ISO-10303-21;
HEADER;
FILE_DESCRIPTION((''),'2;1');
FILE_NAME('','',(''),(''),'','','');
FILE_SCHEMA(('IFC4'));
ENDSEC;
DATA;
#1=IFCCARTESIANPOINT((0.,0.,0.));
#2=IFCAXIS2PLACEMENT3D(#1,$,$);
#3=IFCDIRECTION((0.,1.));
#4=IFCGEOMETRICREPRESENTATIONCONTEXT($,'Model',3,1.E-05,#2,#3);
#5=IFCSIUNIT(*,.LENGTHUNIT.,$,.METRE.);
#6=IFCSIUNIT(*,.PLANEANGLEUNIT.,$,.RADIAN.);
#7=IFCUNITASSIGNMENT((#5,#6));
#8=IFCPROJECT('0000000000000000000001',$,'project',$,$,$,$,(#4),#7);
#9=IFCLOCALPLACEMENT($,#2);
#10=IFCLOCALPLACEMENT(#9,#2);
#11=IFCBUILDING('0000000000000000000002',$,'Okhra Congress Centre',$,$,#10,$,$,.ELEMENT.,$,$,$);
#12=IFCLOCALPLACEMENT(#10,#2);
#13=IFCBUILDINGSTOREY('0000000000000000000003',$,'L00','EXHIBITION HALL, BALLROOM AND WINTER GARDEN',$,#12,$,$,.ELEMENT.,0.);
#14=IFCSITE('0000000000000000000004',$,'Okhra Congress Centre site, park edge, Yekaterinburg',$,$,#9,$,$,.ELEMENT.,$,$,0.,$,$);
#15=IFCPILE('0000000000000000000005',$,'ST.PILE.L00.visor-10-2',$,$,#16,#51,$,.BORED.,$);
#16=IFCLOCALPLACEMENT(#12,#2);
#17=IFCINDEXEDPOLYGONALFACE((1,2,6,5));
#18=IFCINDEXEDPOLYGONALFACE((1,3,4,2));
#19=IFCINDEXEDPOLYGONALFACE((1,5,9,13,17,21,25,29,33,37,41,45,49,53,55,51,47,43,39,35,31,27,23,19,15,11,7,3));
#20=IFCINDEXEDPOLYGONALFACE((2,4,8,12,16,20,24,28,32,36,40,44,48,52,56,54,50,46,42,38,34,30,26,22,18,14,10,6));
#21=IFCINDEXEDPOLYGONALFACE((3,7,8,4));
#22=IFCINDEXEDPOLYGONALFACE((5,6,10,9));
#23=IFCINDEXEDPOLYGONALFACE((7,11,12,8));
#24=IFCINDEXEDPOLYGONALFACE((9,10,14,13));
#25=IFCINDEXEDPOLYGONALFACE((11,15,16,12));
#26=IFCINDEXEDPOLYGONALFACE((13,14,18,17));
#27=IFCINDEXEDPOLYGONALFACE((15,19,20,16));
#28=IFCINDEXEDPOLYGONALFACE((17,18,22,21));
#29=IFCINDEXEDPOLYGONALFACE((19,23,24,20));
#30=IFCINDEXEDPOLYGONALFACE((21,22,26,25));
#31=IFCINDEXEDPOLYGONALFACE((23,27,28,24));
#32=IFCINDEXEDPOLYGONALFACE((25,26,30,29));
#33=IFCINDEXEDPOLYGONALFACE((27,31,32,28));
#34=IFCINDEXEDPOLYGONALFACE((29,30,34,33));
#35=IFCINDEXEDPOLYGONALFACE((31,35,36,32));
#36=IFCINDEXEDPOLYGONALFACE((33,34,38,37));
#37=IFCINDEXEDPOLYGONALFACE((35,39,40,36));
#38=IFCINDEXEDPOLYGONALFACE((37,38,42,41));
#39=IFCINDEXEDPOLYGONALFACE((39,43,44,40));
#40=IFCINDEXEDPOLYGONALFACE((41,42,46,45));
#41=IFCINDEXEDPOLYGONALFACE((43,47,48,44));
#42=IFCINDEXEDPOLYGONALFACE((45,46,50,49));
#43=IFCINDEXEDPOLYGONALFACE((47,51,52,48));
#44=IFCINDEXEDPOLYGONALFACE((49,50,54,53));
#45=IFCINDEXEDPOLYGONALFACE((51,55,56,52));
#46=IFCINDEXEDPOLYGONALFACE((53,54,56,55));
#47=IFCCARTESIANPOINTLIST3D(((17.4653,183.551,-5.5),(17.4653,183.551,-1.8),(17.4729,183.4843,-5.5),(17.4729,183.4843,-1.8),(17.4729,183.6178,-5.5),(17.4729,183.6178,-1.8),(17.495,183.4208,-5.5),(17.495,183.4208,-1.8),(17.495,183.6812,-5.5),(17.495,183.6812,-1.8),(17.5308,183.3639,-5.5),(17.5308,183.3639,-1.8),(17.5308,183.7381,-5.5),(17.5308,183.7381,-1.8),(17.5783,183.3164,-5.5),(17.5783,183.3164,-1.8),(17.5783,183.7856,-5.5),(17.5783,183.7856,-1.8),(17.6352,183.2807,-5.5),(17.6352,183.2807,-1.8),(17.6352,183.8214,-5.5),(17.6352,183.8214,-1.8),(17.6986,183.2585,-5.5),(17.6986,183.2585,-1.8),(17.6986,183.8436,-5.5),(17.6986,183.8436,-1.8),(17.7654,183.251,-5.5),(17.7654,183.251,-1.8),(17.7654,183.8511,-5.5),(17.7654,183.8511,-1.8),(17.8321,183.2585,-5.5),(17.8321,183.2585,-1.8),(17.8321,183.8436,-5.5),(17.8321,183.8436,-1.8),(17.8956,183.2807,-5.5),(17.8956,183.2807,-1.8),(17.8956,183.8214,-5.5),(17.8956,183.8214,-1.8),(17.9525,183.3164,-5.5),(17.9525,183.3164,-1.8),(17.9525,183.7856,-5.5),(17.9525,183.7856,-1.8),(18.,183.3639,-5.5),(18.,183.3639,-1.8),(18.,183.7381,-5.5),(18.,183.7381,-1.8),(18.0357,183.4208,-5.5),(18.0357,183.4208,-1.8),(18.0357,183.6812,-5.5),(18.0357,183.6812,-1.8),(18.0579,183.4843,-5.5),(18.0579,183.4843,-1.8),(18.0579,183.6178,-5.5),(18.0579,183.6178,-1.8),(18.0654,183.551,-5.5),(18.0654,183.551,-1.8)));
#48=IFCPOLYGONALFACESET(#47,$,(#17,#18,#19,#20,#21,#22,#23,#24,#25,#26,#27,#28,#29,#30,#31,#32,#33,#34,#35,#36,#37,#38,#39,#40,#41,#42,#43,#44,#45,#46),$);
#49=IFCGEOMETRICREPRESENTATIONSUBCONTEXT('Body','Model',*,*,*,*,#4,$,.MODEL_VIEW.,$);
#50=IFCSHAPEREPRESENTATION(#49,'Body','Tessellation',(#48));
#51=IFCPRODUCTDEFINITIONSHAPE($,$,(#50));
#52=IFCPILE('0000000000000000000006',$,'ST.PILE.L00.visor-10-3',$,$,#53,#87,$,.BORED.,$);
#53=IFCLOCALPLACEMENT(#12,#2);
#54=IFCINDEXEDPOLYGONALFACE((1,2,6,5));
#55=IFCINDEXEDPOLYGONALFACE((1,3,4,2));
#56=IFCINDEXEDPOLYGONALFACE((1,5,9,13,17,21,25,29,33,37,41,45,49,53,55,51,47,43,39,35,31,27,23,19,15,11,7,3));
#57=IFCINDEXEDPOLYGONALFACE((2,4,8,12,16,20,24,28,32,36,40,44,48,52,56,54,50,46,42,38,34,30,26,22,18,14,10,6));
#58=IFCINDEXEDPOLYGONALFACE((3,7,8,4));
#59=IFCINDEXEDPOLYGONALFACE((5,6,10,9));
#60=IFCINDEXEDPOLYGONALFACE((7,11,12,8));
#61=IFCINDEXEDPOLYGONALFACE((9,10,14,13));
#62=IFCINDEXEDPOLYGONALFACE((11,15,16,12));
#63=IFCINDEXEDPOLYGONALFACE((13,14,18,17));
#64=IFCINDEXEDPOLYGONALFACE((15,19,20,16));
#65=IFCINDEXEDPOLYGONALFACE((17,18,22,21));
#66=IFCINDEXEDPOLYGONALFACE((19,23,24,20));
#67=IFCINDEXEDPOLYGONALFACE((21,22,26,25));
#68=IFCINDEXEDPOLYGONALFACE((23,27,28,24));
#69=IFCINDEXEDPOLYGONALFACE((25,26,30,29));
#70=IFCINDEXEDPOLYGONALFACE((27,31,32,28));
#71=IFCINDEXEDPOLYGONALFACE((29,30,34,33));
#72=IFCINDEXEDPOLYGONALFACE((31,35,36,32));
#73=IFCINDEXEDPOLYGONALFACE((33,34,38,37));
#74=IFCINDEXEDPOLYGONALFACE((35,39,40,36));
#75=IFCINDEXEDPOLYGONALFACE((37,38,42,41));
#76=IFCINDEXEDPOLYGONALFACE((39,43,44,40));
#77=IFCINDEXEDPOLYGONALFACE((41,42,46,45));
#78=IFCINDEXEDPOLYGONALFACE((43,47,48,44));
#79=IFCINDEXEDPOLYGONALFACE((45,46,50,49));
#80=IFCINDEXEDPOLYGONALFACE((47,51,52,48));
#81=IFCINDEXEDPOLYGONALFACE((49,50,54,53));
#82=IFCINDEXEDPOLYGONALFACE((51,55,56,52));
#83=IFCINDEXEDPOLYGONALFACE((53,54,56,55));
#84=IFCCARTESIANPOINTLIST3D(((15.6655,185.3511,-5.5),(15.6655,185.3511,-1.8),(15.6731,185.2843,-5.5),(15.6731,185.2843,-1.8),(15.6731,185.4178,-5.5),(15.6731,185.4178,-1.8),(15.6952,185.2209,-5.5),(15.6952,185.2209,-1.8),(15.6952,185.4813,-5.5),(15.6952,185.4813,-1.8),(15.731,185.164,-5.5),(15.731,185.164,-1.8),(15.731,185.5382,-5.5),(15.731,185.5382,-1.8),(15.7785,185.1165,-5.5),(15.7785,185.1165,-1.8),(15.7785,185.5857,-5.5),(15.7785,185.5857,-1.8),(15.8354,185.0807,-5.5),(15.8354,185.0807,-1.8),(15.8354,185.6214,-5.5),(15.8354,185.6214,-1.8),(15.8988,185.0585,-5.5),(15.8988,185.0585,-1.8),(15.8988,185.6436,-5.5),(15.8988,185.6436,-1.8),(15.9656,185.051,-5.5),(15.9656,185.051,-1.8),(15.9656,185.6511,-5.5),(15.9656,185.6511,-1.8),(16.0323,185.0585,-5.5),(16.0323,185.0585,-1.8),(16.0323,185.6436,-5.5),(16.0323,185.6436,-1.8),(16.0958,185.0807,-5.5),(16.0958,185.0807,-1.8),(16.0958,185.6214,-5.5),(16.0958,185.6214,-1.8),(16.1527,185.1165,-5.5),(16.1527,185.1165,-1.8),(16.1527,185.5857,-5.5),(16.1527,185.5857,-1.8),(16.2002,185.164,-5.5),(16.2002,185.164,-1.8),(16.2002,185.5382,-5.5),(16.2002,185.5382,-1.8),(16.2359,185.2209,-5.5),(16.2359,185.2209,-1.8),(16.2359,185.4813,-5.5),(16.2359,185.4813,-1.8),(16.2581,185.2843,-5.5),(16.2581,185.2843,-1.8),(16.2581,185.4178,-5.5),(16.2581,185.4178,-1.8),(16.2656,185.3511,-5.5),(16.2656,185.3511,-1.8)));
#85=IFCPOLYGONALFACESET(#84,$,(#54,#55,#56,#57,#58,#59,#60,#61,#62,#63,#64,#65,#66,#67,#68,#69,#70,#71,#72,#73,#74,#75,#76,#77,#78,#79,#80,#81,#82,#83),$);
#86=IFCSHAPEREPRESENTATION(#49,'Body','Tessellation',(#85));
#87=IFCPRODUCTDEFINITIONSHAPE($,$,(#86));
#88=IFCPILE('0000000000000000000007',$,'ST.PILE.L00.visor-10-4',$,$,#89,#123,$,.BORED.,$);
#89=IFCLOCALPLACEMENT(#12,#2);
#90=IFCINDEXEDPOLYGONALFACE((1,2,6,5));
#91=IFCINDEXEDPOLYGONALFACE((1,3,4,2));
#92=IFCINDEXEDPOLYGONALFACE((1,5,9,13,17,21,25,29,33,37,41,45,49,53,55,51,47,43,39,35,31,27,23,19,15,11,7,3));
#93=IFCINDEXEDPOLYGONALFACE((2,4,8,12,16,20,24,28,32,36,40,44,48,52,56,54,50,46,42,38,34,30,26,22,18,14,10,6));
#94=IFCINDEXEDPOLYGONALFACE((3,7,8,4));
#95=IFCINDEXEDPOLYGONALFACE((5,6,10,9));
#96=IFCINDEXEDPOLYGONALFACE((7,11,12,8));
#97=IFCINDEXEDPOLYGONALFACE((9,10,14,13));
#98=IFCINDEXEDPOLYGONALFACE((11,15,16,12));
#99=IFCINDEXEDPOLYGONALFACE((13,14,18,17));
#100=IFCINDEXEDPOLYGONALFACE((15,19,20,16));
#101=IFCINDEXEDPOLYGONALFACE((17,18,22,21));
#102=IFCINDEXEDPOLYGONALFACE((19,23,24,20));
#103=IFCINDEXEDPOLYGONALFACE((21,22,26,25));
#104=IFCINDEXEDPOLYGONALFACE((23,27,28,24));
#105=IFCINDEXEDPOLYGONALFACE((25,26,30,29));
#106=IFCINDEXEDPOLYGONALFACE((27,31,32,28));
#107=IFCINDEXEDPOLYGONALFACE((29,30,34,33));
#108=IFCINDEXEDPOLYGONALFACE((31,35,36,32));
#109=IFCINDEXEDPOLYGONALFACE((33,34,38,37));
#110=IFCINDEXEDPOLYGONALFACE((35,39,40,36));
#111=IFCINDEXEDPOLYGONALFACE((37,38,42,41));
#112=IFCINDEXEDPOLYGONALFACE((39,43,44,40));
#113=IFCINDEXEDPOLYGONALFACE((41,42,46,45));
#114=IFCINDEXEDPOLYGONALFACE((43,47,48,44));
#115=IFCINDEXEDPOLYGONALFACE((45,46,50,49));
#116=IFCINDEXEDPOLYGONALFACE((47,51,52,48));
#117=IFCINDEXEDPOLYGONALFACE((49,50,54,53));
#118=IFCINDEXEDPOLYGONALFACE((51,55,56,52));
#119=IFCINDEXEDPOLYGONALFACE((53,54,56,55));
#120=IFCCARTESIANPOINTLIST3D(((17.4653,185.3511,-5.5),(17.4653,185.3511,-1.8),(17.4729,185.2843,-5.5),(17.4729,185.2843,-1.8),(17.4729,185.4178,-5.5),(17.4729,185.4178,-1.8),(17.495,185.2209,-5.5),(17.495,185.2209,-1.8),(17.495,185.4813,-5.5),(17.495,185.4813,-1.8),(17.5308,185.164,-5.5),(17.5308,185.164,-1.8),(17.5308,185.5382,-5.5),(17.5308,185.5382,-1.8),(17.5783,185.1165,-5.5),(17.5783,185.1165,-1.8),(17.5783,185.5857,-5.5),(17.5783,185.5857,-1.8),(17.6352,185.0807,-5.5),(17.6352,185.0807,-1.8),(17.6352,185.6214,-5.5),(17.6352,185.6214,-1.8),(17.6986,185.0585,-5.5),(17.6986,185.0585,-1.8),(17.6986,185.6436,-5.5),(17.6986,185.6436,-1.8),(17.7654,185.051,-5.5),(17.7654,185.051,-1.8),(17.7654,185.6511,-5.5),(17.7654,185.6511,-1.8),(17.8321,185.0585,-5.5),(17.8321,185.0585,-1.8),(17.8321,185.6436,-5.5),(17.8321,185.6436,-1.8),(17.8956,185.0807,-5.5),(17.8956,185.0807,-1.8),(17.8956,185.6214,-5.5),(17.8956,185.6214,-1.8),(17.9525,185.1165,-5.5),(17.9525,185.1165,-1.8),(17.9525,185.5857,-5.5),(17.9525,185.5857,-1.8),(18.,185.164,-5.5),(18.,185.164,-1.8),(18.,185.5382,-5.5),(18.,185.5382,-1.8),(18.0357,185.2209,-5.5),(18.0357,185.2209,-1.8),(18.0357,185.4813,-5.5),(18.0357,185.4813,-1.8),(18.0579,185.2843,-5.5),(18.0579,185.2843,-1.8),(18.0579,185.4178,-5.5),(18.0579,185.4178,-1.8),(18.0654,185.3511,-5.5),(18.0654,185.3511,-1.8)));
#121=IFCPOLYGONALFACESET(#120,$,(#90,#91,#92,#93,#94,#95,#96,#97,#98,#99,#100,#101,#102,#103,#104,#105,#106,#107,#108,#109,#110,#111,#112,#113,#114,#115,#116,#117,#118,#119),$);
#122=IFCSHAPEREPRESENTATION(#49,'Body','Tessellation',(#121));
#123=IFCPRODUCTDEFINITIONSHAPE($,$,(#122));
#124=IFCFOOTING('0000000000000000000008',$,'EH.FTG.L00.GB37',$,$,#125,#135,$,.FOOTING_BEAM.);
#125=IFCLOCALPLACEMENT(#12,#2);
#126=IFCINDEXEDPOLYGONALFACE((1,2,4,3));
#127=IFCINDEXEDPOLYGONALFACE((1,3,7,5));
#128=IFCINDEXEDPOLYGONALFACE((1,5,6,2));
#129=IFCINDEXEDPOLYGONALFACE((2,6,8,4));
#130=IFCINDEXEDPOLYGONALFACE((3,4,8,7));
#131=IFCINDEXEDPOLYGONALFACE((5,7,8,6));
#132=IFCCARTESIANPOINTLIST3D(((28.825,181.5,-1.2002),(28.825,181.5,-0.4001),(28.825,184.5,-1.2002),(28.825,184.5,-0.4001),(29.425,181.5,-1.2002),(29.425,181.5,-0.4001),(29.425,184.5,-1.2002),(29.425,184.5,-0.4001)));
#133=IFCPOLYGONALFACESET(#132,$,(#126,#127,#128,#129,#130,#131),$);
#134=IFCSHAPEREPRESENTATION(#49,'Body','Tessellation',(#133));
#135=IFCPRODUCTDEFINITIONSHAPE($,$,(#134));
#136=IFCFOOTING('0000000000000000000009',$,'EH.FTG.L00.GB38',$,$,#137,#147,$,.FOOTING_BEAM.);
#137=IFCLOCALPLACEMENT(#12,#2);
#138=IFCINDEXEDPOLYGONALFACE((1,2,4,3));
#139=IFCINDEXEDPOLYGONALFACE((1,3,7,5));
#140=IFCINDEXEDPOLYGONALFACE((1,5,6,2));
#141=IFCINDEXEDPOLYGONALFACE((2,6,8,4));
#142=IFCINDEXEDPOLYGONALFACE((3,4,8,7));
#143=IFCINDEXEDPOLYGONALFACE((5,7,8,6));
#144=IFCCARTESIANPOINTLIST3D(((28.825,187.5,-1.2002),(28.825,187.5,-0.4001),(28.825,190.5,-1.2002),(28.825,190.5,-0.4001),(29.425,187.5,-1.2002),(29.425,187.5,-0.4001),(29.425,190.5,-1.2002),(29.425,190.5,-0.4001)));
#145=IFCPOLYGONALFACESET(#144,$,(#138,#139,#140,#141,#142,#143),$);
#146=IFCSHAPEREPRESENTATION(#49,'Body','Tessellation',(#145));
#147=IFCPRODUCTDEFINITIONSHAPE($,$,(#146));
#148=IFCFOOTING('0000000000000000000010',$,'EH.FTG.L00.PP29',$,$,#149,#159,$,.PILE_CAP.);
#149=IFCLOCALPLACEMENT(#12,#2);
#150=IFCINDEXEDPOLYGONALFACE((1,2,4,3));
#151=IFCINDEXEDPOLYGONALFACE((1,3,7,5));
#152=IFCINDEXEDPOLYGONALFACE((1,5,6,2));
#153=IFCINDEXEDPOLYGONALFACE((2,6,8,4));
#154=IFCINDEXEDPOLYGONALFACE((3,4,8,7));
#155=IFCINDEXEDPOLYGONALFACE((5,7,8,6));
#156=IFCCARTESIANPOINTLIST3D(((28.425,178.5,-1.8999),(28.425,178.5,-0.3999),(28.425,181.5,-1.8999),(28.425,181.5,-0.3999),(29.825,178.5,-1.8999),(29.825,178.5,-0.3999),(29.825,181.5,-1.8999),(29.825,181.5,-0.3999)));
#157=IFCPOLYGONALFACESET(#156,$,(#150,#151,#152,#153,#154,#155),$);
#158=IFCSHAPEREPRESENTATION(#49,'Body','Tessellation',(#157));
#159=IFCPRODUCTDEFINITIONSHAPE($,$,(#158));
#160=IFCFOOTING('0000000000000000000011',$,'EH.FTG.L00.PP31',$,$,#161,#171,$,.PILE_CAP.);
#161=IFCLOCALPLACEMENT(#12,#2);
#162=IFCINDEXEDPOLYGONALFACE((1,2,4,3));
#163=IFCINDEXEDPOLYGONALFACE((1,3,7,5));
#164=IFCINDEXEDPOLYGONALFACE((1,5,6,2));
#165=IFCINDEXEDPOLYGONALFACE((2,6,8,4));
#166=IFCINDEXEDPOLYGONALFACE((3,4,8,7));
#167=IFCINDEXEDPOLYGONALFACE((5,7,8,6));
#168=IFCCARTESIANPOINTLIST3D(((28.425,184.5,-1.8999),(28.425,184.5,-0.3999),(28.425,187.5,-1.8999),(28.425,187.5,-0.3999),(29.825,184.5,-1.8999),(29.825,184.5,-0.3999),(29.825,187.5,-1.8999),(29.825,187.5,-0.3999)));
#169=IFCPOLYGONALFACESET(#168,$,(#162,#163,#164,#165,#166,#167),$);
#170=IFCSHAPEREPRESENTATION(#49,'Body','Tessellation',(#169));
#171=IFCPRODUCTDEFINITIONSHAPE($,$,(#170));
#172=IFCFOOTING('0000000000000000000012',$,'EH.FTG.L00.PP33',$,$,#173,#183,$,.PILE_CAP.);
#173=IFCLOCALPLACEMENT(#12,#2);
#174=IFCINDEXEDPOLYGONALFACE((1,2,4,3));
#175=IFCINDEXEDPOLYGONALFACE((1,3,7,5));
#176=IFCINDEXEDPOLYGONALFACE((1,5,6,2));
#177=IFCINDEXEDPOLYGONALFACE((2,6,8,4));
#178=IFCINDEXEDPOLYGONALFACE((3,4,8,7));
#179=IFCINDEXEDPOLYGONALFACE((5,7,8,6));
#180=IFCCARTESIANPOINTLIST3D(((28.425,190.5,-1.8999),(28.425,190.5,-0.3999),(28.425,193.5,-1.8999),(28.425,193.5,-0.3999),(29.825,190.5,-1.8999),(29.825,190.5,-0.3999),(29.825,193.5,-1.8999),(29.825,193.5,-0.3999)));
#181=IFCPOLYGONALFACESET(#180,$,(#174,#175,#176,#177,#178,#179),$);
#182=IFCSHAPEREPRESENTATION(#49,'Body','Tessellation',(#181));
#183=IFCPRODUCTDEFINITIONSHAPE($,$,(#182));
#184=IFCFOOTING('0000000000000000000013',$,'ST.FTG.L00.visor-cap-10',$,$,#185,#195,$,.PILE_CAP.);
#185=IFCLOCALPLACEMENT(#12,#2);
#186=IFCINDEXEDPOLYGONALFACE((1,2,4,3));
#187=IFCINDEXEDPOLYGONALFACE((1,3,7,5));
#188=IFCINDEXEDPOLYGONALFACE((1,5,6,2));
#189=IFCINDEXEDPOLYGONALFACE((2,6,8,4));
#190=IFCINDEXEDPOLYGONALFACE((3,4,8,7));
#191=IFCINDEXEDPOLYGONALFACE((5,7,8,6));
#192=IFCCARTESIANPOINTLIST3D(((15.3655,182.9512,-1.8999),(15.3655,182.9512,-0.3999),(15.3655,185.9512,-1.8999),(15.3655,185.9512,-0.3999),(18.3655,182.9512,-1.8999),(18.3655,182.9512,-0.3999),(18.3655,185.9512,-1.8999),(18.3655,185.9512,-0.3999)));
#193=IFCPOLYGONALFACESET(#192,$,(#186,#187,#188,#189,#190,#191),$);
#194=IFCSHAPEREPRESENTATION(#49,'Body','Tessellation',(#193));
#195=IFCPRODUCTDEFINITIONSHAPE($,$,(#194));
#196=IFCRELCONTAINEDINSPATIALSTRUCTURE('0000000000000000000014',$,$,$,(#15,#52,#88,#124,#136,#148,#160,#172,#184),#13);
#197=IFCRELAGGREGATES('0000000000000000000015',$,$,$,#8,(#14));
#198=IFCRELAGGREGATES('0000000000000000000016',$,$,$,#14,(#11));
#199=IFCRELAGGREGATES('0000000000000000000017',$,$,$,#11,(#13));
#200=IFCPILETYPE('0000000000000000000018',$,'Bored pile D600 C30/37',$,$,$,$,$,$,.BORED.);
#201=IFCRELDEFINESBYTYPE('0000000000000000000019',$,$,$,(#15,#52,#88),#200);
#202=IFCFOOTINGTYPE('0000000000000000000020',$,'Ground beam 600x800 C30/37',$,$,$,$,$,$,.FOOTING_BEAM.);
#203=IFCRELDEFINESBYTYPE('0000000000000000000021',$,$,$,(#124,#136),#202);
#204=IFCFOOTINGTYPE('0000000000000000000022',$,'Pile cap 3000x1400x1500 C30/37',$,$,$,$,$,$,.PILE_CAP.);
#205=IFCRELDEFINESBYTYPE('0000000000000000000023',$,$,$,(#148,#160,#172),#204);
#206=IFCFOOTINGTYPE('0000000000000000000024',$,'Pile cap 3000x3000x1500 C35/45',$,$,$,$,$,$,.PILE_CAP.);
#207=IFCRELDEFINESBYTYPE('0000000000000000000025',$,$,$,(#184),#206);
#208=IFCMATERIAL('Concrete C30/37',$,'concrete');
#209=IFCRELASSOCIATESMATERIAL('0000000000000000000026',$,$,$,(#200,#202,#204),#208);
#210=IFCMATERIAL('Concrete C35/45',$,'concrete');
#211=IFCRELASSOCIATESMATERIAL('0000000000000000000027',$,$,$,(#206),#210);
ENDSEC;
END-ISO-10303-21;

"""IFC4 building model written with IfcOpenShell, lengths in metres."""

from ifc_helpers import new_model, si_unit, direction, frame, origin, origin_2d, place, context, subcontext, project, spatial, rectangle, circle, extrude, material, material_profile, profile_set, type_object, element, save


model = new_model("IFC4")

# Units and contexts
model_context = context("Model", 3, precision=1e-05, world=origin(), true_north=direction((0.0, 1.0)))
body_context = subcontext(model_context, "Body", "Model", "MODEL_VIEW")
ifc_project = project(units=[si_unit("LENGTHUNIT", "METRE"), si_unit("PLANEANGLEUNIT", "RADIAN")], contexts=[model_context])

# Site, building, storey
site_placement = place(None, origin())
site = spatial("IfcSite", under=ifc_project, at=site_placement, Name="Okhra Congress Centre site, park edge, Yekaterinburg", CompositionType="ELEMENT", RefElevation=0.0)
building_placement = place(site_placement, origin())
building = spatial("IfcBuilding", under=site, at=building_placement, Name="Okhra Congress Centre", CompositionType="ELEMENT")
storey_placement = place(building_placement, origin())
storey = spatial("IfcBuildingStorey", under=building, at=storey_placement, Name="L00", Description="EXHIBITION HALL, BALLROOM AND WINTER GARDEN", CompositionType="ELEMENT", Elevation=0.0)

# Piles
ifc_material_1 = material(Name="Concrete C30/37", Category="concrete")
ifc_material_profile_1 = material_profile(ifc_material_1, circle(Radius=0.3, at=origin_2d()), Name="D600")
ifc_profile_set_1 = profile_set([ifc_material_profile_1], Name="Concrete C30/37")
pile_type_1 = type_object("IfcPileType", Name="Bored pile D600 C30/37", PredefinedType="BORED", material=ifc_profile_set_1)
for number, where, z_axis, x_axis, name in (
    (1, (17.7654, 183.551, -1.8), (0.0, 0.0, -1.0), (1.0, 0.0, 0.0), "ST.PILE.L00.visor-10-2"),
    (2, (15.9656, 185.3511, -1.8), (0.0, 0.0, -1.0), (1.0, 0.0, 0.0), "ST.PILE.L00.visor-10-3"),
    (3, (17.7654, 185.3511, -1.8), (0.0, 0.0, -1.0), (1.0, 0.0, 0.0), "ST.PILE.L00.visor-10-4"),
):
    element("IfcPile", number, at=place(storey_placement, frame(where, z_axis=z_axis, x_axis=x_axis)), inside=storey, type_object=pile_type_1, Name=name, PredefinedType="BORED", context=body_context, shape_type="SweptSolid", body=[
        extrude(circle(Radius=0.3, at=origin_2d()), origin(), (0.0, 0.0, 1.0), 3.7),
    ])

# Footings
footing_type_1 = type_object("IfcFootingType", Name="Ground beam 600x800 C30/37", PredefinedType="FOOTING_BEAM", material=ifc_material_1)
for number, where, z_axis, x_axis, name in (
    (4, (29.125, 183.0, -1.2002), (0.0, 0.0, 1.0), (0.0, 1.0, 0.0), "EH.FTG.L00.GB37"),
    (5, (29.125, 189.0, -1.2002), (0.0, 0.0, 1.0), (0.0, 1.0, 0.0), "EH.FTG.L00.GB38"),
):
    element("IfcFooting", number, at=place(storey_placement, frame(where, z_axis=z_axis, x_axis=x_axis)), inside=storey, type_object=footing_type_1, Name=name, PredefinedType="FOOTING_BEAM", context=body_context, shape_type="SweptSolid", body=[
        extrude(rectangle(XDim=3.0, YDim=0.6001, at=origin_2d()), origin(), (0.0, 0.0, 1.0), 0.8),
    ])
footing_type_2 = type_object("IfcFootingType", Name="Pile cap 3000x1400x1500 C30/37", PredefinedType="PILE_CAP", material=ifc_material_1)
for number, where, z_axis, x_axis, name in (
    (6, (29.125, 180.0, -1.8999), (0.0, 0.0, 1.0), (0.0, 1.0, 0.0), "EH.FTG.L00.PP29"),
    (7, (29.125, 186.0, -1.8999), (0.0, 0.0, 1.0), (0.0, 1.0, 0.0), "EH.FTG.L00.PP31"),
    (8, (29.125, 192.0, -1.8999), (0.0, 0.0, 1.0), (0.0, 1.0, 0.0), "EH.FTG.L00.PP33"),
):
    element("IfcFooting", number, at=place(storey_placement, frame(where, z_axis=z_axis, x_axis=x_axis)), inside=storey, type_object=footing_type_2, Name=name, PredefinedType="PILE_CAP", context=body_context, shape_type="SweptSolid", body=[
        extrude(rectangle(XDim=3.0, YDim=1.3999, at=origin_2d()), origin(), (0.0, 0.0, 1.0), 1.5),
    ])
ifc_material_2 = material(Name="Concrete C35/45", Category="concrete")
footing_type_3 = type_object("IfcFootingType", Name="Pile cap 3000x3000x1500 C35/45", PredefinedType="PILE_CAP", material=ifc_material_2)
footing_placement = place(storey_placement, frame((16.8655, 184.4512, -1.8999), z_axis=(0.0, 0.0, 1.0), x_axis=(1.0, 0.0, 0.0)))
element("IfcFooting", 9, at=footing_placement, inside=storey, type_object=footing_type_3, Name="ST.FTG.L00.visor-cap-10", PredefinedType="PILE_CAP", context=body_context, shape_type="SweptSolid", body=[
    extrude(rectangle(XDim=3.0, YDim=3.0, at=origin_2d()), origin(), (0.0, 0.0, 1.0), 1.5),
])

save(model, "model.ifc")
